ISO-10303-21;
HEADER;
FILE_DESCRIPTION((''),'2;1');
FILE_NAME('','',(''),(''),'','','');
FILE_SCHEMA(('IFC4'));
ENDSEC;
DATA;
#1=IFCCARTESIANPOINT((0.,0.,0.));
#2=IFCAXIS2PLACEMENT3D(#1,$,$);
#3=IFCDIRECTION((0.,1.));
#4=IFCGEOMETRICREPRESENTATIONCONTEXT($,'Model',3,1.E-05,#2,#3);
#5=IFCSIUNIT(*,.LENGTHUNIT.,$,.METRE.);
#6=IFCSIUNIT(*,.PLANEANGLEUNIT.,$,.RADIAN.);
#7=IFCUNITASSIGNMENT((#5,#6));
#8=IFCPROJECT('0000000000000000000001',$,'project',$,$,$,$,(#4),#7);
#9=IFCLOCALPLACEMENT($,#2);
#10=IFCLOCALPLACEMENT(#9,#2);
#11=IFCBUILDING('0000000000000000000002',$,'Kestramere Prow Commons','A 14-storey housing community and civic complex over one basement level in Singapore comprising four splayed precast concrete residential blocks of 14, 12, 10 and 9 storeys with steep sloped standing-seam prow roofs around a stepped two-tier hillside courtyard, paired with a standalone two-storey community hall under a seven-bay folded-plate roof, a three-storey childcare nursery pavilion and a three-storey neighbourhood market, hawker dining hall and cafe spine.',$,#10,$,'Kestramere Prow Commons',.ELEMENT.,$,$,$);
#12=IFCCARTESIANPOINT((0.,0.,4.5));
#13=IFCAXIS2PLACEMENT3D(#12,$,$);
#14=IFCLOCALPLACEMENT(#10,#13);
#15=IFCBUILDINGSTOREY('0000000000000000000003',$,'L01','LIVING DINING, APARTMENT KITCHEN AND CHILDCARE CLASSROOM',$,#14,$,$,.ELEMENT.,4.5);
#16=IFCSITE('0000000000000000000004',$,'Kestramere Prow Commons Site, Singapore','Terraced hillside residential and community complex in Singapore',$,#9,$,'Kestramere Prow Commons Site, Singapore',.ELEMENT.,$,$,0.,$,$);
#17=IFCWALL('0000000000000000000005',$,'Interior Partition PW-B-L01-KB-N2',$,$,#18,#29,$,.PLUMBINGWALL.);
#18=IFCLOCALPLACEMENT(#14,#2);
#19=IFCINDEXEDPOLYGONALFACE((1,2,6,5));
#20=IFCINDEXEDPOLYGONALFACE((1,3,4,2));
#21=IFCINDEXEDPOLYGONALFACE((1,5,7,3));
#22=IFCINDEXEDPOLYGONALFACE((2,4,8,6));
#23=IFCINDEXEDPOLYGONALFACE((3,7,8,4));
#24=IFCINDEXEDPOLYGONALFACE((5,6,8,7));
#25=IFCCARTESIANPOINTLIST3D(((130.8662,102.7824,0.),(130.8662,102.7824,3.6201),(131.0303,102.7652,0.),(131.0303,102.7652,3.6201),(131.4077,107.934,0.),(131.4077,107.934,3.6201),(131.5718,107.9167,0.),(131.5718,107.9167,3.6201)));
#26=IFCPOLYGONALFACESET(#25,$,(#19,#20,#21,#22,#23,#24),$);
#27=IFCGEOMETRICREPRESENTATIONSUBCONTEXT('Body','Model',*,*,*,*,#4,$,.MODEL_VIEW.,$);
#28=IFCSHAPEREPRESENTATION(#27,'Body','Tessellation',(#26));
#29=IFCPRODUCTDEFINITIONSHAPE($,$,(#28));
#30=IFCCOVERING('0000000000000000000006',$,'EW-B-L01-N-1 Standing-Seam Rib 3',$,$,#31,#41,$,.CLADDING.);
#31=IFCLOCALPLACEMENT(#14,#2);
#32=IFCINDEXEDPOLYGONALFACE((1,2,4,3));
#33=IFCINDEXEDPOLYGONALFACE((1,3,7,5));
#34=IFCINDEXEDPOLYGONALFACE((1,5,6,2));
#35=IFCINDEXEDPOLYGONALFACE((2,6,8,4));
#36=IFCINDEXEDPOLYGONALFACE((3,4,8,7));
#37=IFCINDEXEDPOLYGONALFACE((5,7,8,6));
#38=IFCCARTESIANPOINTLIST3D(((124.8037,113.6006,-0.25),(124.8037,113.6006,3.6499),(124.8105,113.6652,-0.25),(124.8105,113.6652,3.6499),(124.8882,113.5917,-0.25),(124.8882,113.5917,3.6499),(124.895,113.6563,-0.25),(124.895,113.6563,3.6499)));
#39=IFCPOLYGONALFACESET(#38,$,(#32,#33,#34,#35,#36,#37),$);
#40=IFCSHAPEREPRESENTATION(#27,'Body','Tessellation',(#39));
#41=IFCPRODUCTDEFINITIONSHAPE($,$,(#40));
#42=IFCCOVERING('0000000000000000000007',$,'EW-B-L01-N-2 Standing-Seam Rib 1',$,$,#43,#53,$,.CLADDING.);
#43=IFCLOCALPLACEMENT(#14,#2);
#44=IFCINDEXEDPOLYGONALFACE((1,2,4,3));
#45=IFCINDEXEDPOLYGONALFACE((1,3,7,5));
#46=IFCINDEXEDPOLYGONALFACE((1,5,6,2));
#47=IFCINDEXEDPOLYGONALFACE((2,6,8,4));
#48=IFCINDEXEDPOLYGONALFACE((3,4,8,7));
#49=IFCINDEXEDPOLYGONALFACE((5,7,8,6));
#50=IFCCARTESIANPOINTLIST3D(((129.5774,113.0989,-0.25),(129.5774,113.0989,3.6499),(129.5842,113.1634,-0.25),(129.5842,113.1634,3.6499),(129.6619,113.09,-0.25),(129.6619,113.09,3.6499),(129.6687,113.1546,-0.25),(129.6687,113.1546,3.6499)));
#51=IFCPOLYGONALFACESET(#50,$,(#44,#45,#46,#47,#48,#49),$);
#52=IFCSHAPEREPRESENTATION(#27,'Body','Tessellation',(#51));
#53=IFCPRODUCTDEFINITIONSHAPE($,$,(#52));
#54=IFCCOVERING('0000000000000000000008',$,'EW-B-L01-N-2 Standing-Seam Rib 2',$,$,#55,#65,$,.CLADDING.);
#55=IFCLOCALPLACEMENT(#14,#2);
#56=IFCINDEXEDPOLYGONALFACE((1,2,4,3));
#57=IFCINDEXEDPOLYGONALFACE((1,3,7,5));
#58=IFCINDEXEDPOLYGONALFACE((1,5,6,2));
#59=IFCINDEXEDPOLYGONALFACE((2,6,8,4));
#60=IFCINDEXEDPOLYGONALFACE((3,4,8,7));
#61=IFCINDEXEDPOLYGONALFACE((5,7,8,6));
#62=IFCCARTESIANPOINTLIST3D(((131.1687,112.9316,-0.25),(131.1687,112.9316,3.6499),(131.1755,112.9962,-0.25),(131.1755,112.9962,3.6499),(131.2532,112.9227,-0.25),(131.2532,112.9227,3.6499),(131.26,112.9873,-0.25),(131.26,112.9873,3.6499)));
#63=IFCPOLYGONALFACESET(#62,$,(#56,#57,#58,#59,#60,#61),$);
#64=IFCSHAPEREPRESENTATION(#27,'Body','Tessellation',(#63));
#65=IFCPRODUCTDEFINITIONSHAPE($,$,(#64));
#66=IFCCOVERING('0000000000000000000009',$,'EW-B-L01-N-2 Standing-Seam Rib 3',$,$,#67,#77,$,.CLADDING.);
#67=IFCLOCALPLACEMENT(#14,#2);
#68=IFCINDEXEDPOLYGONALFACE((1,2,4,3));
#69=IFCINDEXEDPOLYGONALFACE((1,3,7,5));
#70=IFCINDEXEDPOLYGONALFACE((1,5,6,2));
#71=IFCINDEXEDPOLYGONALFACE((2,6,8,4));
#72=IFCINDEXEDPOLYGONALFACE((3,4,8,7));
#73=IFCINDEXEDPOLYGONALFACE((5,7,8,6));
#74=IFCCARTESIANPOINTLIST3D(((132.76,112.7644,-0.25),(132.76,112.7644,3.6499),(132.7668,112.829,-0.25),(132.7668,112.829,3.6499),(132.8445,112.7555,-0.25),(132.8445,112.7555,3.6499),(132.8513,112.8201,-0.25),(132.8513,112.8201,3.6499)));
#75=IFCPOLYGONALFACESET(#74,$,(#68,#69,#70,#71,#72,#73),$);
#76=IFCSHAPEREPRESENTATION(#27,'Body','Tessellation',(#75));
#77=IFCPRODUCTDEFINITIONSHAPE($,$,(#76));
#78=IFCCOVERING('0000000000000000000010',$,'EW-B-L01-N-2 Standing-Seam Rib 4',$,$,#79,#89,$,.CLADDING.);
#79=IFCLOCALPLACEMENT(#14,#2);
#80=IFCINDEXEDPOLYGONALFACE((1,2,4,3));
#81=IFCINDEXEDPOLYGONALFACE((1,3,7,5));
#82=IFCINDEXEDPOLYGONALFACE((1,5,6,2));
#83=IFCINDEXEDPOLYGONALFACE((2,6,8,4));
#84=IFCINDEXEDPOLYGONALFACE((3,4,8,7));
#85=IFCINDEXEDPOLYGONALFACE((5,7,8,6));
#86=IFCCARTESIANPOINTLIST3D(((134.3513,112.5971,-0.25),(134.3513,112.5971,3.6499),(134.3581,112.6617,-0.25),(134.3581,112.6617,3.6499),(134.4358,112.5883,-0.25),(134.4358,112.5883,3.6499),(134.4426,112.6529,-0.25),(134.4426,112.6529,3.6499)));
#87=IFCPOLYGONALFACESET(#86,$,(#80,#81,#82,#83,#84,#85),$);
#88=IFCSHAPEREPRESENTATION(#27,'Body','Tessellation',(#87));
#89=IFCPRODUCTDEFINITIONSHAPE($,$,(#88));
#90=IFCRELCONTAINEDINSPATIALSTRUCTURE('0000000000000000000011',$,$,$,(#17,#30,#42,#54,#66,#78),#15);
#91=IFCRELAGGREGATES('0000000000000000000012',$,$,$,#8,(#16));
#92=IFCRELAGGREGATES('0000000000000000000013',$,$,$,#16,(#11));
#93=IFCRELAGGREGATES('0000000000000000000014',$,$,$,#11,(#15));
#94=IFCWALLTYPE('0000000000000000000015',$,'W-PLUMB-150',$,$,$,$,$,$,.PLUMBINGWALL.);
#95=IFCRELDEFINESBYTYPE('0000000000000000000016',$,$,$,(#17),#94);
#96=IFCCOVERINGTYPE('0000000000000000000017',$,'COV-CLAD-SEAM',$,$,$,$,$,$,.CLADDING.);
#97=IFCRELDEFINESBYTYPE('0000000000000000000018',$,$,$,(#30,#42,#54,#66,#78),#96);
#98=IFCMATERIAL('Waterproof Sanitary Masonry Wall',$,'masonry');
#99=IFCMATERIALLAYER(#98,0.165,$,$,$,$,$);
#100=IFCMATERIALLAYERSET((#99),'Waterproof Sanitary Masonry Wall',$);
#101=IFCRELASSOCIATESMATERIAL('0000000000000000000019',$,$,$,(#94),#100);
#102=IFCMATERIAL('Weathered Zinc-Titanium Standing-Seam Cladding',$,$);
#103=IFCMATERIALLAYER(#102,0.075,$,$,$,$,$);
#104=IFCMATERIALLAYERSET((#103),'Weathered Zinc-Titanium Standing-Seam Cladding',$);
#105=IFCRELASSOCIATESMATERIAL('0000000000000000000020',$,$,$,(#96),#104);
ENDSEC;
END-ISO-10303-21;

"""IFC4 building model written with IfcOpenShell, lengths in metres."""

from ifc_helpers import new_model, si_unit, direction, frame, frame_2d, origin, origin_2d, place, context, subcontext, project, spatial, rectangle, extrude, material, layer, layer_set, type_object, element, save


model = new_model("IFC4")

# Units and contexts
model_context = context("Model", 3, precision=1e-05, world=origin(), true_north=direction((0.0, 1.0)))
body_context = subcontext(model_context, "Body", "Model", "MODEL_VIEW")
ifc_project = project(units=[si_unit("LENGTHUNIT", "METRE"), si_unit("PLANEANGLEUNIT", "RADIAN")], contexts=[model_context])

# Site, building, storey
site_placement = place(None, origin())
site = spatial("IfcSite", under=ifc_project, at=site_placement, Name="Kestramere Prow Commons Site, Singapore", Description="Terraced hillside residential and community complex in Singapore", LongName="Kestramere Prow Commons Site, Singapore", CompositionType="ELEMENT", RefElevation=0.0)
building_placement = place(site_placement, origin())
building = spatial("IfcBuilding", under=site, at=building_placement, Name="Kestramere Prow Commons", Description="A 14-storey housing community and civic complex over one basement level in Singapore comprising four splayed precast concrete residential blocks of 14, 12, 10 and 9 storeys with steep sloped standing-seam prow roofs around a stepped two-tier hillside courtyard, paired with a standalone two-storey community hall under a seven-bay folded-plate roof, a three-storey childcare nursery pavilion and a three-storey neighbourhood market, hawker dining hall and cafe spine.", LongName="Kestramere Prow Commons", CompositionType="ELEMENT")
storey_placement = place(building_placement, frame((0.0, 0.0, 4.5)))
storey = spatial("IfcBuildingStorey", under=building, at=storey_placement, Name="L01", Description="LIVING DINING, APARTMENT KITCHEN AND CHILDCARE CLASSROOM", CompositionType="ELEMENT", Elevation=4.5)

# Shared definitions
ifc_material_1 = material(Name="Waterproof Sanitary Masonry Wall", Category="masonry")
ifc_layer_1 = layer(ifc_material_1, 0.165)
ifc_layer_set_1 = layer_set([ifc_layer_1], Name="Waterproof Sanitary Masonry Wall")
wall_type_1 = type_object("IfcWallType", Name="W-PLUMB-150", PredefinedType="PLUMBINGWALL", material=ifc_layer_set_1)

# Wall
wall_1_placement = place(storey_placement, frame((130.9482, 102.7739, 0.0), z_axis=(0.0, 0.0, 1.0), x_axis=(0.104538, 0.994521, 0.0)))
element("IfcWall", 1, at=wall_1_placement, inside=storey, type_object=wall_type_1, Name="Interior Partition PW-B-L01-KB-N2", PredefinedType="PLUMBINGWALL", context=body_context, shape_type="SweptSolid", body=[
    extrude(rectangle(XDim=5.1799, YDim=0.165, at=frame_2d((2.5898, 0.0))), origin(), (0.0, 0.0, 1.0), 3.6201),
])

# Coverings
ifc_material_2 = material(Name="Weathered Zinc-Titanium Standing-Seam Cladding")
ifc_layer_2 = layer(ifc_material_2, 0.075)
ifc_layer_set_2 = layer_set([ifc_layer_2], Name="Weathered Zinc-Titanium Standing-Seam Cladding")
covering_type = type_object("IfcCoveringType", Name="COV-CLAD-SEAM", PredefinedType="CLADDING", material=ifc_layer_set_2)
for number, where, z_axis, x_axis, name in (
    (2, (124.8494, 113.6284, -0.25), (0.0, 0.0, 1.0), (0.994522, -0.104528, 0.0), "EW-B-L01-N-1 Standing-Seam Rib 3"),
    (3, (129.623, 113.1267, -0.25), (0.0, 0.0, 1.0), (0.994522, -0.104528, 0.0), "EW-B-L01-N-2 Standing-Seam Rib 1"),
    (4, (131.2144, 112.9595, -0.25), (0.0, 0.0, 1.0), (0.994522, -0.104528, 0.0), "EW-B-L01-N-2 Standing-Seam Rib 2"),
    (5, (132.8057, 112.7922, -0.25), (0.0, 0.0, 1.0), (0.994522, -0.104528, 0.0), "EW-B-L01-N-2 Standing-Seam Rib 3"),
    (6, (134.397, 112.625, -0.25), (0.0, 0.0, 1.0), (0.994522, -0.104528, 0.0), "EW-B-L01-N-2 Standing-Seam Rib 4"),
):
    element("IfcCovering", number, at=place(storey_placement, frame(where, z_axis=z_axis, x_axis=x_axis)), inside=storey, type_object=covering_type, Name=name, PredefinedType="CLADDING", context=body_context, shape_type="SweptSolid", body=[
        extrude(rectangle(XDim=0.085, YDim=0.0649, at=origin_2d()), origin(), (0.0, 0.0, 1.0), 3.8999),
    ])

save(model, "model.ifc")
